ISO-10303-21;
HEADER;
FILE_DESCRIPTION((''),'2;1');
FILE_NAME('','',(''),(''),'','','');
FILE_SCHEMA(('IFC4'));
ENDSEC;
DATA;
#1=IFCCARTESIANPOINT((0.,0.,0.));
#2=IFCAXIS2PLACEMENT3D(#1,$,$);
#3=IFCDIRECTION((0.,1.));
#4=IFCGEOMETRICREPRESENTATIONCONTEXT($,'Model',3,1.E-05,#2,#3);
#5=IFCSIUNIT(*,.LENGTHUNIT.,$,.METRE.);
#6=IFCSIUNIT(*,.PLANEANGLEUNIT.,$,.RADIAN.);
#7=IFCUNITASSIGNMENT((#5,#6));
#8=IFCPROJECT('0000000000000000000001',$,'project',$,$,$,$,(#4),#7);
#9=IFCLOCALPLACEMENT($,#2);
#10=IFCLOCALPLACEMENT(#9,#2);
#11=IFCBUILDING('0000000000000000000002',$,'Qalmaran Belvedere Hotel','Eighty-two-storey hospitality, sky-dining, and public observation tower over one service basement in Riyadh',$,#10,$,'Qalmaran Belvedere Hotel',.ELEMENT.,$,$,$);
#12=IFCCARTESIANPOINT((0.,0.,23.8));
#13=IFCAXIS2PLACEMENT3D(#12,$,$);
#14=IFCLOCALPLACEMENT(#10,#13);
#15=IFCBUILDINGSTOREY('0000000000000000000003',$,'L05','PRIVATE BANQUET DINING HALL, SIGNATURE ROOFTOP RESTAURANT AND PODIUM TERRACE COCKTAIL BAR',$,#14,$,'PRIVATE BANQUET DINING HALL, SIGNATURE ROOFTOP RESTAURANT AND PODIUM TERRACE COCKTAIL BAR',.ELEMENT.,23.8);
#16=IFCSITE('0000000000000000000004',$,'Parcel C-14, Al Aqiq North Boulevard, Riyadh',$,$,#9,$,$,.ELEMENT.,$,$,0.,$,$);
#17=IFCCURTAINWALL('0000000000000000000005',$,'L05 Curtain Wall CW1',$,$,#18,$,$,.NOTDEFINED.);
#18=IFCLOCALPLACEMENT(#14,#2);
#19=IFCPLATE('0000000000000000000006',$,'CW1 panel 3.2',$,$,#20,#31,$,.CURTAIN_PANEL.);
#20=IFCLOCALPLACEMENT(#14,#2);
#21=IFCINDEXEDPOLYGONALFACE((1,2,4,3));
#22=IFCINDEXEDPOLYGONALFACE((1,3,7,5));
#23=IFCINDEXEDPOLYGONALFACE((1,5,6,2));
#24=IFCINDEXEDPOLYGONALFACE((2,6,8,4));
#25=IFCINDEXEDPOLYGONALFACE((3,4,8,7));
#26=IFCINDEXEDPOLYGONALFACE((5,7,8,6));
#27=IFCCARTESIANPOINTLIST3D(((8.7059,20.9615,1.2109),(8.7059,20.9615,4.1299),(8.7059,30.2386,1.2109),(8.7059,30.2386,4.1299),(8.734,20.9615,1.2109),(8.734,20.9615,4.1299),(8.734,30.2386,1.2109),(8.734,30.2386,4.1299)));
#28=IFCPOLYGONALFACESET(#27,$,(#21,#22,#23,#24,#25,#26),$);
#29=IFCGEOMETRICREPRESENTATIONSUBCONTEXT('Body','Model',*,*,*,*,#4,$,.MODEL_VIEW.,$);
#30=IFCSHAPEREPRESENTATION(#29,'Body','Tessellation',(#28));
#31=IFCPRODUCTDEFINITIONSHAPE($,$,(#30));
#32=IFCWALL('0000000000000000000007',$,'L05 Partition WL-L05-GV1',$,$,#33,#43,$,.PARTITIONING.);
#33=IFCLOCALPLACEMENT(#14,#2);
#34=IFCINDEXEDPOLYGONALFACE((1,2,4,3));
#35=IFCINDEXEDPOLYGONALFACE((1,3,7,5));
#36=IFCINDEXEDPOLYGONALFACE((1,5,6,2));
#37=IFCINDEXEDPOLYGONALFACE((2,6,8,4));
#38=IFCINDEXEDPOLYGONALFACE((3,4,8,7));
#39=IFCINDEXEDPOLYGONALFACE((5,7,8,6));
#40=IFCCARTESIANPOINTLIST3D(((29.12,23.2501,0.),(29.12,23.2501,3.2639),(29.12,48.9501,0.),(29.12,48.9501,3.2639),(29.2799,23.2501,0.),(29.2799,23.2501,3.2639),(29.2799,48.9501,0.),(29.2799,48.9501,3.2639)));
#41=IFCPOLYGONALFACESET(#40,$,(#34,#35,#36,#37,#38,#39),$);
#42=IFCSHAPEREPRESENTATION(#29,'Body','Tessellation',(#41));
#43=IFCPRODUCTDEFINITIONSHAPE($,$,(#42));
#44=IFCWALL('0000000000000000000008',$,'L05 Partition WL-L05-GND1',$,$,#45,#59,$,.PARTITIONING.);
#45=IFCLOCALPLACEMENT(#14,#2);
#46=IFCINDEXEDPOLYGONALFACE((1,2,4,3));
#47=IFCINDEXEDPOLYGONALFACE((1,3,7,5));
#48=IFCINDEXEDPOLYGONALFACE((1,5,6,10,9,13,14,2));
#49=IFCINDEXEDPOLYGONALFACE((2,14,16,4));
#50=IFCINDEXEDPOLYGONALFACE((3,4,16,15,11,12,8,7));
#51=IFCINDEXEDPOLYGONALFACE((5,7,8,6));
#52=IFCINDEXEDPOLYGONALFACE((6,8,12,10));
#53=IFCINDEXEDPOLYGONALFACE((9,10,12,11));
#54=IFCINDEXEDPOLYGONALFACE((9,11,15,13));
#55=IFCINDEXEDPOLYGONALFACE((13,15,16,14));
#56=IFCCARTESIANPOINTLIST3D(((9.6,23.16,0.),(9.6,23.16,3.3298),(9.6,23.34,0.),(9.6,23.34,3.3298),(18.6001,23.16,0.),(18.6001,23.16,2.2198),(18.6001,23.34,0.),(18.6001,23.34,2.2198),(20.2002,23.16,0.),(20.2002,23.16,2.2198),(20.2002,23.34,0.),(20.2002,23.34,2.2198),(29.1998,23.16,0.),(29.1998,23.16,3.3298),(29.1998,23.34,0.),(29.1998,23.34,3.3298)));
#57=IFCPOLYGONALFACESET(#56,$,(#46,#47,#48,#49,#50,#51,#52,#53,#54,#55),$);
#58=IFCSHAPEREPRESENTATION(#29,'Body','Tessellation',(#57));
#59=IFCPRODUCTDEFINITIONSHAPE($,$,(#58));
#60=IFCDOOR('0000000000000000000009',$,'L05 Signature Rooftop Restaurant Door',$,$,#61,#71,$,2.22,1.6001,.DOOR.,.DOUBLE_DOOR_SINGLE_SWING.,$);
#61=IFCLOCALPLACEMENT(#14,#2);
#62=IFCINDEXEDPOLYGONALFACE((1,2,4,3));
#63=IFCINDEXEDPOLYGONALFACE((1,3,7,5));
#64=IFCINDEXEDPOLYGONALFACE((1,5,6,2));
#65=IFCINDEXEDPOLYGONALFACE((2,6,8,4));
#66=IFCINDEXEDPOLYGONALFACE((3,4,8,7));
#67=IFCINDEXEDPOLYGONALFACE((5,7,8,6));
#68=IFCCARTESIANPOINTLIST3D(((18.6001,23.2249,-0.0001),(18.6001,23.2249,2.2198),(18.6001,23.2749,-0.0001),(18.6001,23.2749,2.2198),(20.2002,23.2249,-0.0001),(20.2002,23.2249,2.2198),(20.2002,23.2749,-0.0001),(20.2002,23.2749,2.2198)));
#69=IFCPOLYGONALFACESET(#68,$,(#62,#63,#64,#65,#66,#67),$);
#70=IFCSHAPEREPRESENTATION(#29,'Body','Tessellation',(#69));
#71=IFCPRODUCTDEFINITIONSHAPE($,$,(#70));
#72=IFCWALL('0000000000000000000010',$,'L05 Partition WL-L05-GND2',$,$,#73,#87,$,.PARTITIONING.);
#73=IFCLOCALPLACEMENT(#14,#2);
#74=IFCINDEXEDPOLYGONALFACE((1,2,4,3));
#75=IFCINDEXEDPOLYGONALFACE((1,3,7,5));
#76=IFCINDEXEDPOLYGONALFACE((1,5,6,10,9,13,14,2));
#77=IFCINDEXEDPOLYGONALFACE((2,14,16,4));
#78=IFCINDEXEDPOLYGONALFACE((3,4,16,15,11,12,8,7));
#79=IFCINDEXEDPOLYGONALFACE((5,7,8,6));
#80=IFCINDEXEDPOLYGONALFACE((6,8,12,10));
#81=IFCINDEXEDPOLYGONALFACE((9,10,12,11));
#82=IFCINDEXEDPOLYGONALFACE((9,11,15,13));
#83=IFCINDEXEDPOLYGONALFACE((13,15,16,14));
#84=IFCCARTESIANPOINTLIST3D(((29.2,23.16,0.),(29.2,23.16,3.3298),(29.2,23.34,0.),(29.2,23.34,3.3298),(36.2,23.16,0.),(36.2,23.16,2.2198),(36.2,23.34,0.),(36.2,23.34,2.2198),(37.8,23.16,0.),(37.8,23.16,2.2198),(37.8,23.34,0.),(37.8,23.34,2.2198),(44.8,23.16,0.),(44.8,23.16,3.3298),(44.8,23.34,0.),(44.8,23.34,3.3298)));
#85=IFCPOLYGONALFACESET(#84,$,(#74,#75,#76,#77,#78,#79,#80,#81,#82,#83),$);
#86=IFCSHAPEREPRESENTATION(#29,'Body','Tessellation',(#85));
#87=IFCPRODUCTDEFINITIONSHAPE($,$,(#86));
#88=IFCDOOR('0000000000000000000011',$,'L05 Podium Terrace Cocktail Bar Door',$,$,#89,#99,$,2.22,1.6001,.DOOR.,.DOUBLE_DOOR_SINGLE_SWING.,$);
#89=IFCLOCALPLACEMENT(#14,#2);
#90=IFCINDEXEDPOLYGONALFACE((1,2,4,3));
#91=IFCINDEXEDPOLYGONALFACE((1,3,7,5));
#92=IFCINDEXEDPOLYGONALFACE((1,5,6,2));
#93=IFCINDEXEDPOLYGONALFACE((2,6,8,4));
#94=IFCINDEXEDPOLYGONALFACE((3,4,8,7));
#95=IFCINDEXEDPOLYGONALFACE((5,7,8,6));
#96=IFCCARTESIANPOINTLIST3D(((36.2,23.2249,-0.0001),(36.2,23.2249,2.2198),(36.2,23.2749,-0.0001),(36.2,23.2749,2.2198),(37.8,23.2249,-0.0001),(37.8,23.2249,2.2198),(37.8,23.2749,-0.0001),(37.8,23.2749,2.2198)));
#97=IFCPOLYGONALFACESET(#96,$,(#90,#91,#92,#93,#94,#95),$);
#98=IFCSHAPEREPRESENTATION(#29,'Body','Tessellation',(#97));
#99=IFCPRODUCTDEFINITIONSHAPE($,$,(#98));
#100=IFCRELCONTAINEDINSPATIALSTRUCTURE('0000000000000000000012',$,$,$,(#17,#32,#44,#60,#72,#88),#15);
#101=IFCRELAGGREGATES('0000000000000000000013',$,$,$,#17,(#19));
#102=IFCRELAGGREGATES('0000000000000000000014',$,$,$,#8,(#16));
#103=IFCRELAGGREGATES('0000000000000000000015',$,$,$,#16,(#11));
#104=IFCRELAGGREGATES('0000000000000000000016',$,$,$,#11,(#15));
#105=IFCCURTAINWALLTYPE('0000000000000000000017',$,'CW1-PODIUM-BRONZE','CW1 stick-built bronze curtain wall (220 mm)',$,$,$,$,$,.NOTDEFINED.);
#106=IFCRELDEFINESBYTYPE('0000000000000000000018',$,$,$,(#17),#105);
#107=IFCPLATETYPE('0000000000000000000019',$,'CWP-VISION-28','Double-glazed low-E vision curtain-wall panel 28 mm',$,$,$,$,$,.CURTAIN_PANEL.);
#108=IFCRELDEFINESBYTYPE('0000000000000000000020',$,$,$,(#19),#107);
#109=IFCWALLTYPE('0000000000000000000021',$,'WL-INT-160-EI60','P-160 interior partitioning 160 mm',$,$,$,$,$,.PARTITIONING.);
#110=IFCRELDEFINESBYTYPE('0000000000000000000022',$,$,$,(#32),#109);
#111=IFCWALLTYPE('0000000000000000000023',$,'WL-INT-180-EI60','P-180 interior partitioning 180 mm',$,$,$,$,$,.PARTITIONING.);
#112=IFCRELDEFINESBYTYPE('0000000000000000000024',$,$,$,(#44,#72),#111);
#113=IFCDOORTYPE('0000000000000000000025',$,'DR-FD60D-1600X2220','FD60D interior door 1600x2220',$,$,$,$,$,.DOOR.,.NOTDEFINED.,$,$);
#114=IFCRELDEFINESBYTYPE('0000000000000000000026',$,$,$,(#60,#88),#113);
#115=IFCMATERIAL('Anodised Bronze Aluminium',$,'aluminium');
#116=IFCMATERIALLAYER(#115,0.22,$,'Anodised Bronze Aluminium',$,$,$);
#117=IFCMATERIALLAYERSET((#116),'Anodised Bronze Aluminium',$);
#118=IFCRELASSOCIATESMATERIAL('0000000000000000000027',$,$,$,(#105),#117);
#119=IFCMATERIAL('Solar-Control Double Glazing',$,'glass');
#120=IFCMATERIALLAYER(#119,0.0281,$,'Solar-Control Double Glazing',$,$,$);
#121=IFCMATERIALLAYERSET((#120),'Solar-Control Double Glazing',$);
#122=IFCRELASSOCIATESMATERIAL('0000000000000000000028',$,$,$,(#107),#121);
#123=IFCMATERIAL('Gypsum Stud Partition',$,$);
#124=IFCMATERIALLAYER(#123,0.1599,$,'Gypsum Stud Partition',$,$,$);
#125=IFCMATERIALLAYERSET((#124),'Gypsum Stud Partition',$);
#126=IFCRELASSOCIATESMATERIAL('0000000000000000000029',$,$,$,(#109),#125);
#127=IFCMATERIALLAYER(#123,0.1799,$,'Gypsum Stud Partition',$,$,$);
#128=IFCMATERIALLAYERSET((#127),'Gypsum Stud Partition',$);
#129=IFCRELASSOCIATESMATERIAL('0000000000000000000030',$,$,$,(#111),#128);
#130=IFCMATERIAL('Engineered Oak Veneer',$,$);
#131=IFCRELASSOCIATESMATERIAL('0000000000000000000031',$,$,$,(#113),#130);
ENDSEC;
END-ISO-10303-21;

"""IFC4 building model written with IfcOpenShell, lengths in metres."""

from ifc_helpers import new_model, si_unit, direction, frame, frame_2d, origin, origin_2d, place, context, subcontext, project, spatial, rectangle, extrude, material, layer, layer_set, type_object, element, fill, aggregate, save


model = new_model("IFC4")

# Units and contexts
model_context = context("Model", 3, precision=1e-05, world=origin(), true_north=direction((0.0, 1.0)))
body_context = subcontext(model_context, "Body", "Model", "MODEL_VIEW")
ifc_project = project(units=[si_unit("LENGTHUNIT", "METRE"), si_unit("PLANEANGLEUNIT", "RADIAN")], contexts=[model_context])

# Site, building, storey
site_placement = place(None, origin())
site = spatial("IfcSite", under=ifc_project, at=site_placement, Name="Parcel C-14, Al Aqiq North Boulevard, Riyadh", CompositionType="ELEMENT", RefElevation=0.0)
building_placement = place(site_placement, origin())
building = spatial("IfcBuilding", under=site, at=building_placement, Name="Qalmaran Belvedere Hotel", Description="Eighty-two-storey hospitality, sky-dining, and public observation tower over one service basement in Riyadh", LongName="Qalmaran Belvedere Hotel", CompositionType="ELEMENT")
storey_placement = place(building_placement, frame((0.0, 0.0, 23.8)))
storey = spatial("IfcBuildingStorey", under=building, at=storey_placement, Name="L05", Description="PRIVATE BANQUET DINING HALL, SIGNATURE ROOFTOP RESTAURANT AND PODIUM TERRACE COCKTAIL BAR", LongName="PRIVATE BANQUET DINING HALL, SIGNATURE ROOFTOP RESTAURANT AND PODIUM TERRACE COCKTAIL BAR", CompositionType="ELEMENT", Elevation=23.8)

# Curtain wall, plate
ifc_material_1 = material(Name="Anodised Bronze Aluminium", Category="aluminium")
ifc_layer_1 = layer(ifc_material_1, 0.22, Name="Anodised Bronze Aluminium")
ifc_layer_set_1 = layer_set([ifc_layer_1], Name="Anodised Bronze Aluminium")
curtain_wall_type = type_object("IfcCurtainWallType", Name="CW1-PODIUM-BRONZE", Description="CW1 stick-built bronze curtain wall (220 mm)", PredefinedType="NOTDEFINED", material=ifc_layer_set_1)
curtain_wall_placement = place(storey_placement, origin())
curtain_wall = element("IfcCurtainWall", 1, at=curtain_wall_placement, inside=storey, type_object=curtain_wall_type, Name="L05 Curtain Wall CW1", PredefinedType="NOTDEFINED")
ifc_material_2 = material(Name="Solar-Control Double Glazing", Category="glass")
ifc_layer_2 = layer(ifc_material_2, 0.0281, Name="Solar-Control Double Glazing")
ifc_layer_set_2 = layer_set([ifc_layer_2], Name="Solar-Control Double Glazing")
plate_type_1 = type_object("IfcPlateType", Name="CWP-VISION-28", Description="Double-glazed low-E vision curtain-wall panel 28 mm", PredefinedType="CURTAIN_PANEL", material=ifc_layer_set_2)
plate_1_placement = place(storey_placement, frame((8.72, 25.6001, 1.2109), z_axis=(0.0, 0.0, 1.0), x_axis=(0.0, -1.0, 0.0)))
plate_1 = element("IfcPlate", 2, at=plate_1_placement, type_object=plate_type_1, Name="CW1 panel 3.2", PredefinedType="CURTAIN_PANEL", context=body_context, shape_type="SweptSolid", body=[
    extrude(rectangle(XDim=9.2771, YDim=0.0281, at=origin_2d()), origin(), (0.0, 0.0, 1.0), 2.9189),
])
aggregate(curtain_wall, [plate_1])

# Wall
ifc_material_3 = material(Name="Gypsum Stud Partition")
ifc_layer_3 = layer(ifc_material_3, 0.1599, Name="Gypsum Stud Partition")
ifc_layer_set_3 = layer_set([ifc_layer_3], Name="Gypsum Stud Partition")
wall_type_1 = type_object("IfcWallType", Name="WL-INT-160-EI60", Description="P-160 interior partitioning 160 mm", PredefinedType="PARTITIONING", material=ifc_layer_set_3)
wall_1_placement = place(storey_placement, frame((29.2, 23.25, 0.0), z_axis=(0.0, 0.0, 1.0), x_axis=(0.0, 1.0, 0.0)))
element("IfcWall", 3, at=wall_1_placement, inside=storey, type_object=wall_type_1, Name="L05 Partition WL-L05-GV1", PredefinedType="PARTITIONING", context=body_context, shape_type="SweptSolid", body=[
    extrude(rectangle(XDim=25.7, YDim=0.1599, at=frame_2d((12.8501, 0.0))), origin(), (0.0, 0.0, 1.0), 3.2639),
])

# Wall, opening, door
ifc_layer_4 = layer(ifc_material_3, 0.1799, Name="Gypsum Stud Partition")
ifc_layer_set_4 = layer_set([ifc_layer_4], Name="Gypsum Stud Partition")
wall_type_2 = type_object("IfcWallType", Name="WL-INT-180-EI60", Description="P-180 interior partitioning 180 mm", PredefinedType="PARTITIONING", material=ifc_layer_set_4)
wall_2_placement = place(storey_placement, frame((9.6001, 23.25, 0.0), z_axis=(0.0, 0.0, 1.0), x_axis=(1.0, 0.0, 0.0)))
wall_2 = element("IfcWall", 4, at=wall_2_placement, inside=storey, type_object=wall_type_2, Name="L05 Partition WL-L05-GND1", PredefinedType="PARTITIONING", context=body_context, shape_type="SweptSolid", body=[
    extrude(rectangle(XDim=19.5999, YDim=0.1799, at=frame_2d((9.7998, 0.0))), origin(), (0.0, 0.0, 1.0), 3.3298),
])
opening_1_placement = place(wall_2_placement, frame((9.0, 0.0, 0.0)))
opening_1 = element("IfcOpeningElement", 5, at=opening_1_placement, cuts=wall_2, PredefinedType="OPENING", context=body_context, shape_type="SweptSolid", body=[
    extrude(rectangle(XDim=1.6001, YDim=2.22, at=frame_2d((0.8, 1.1099))), frame((0.0, 0.1001, 0.0), z_axis=(0.0, -1.0, 0.0), x_axis=(1.0, 0.0, 0.0)), (0.0, 0.0, 1.0), 0.2),
])
ifc_material_4 = material(Name="Engineered Oak Veneer")
door_type = type_object("IfcDoorType", Name="DR-FD60D-1600X2220", Description="FD60D interior door 1600x2220", OperationType="NOTDEFINED", PredefinedType="DOOR", material=ifc_material_4)
door_1_placement = place(opening_1_placement, origin())
door_1 = element("IfcDoor", 6, at=door_1_placement, inside=storey, type_object=door_type, Name="L05 Signature Rooftop Restaurant Door", OperationType="DOUBLE_DOOR_SINGLE_SWING", OverallHeight=2.22, OverallWidth=1.6001, PredefinedType="DOOR", context=body_context, shape_type="SweptSolid", body=[
    extrude(rectangle(XDim=1.6001, YDim=2.22, at=frame_2d((0.8, 1.1099))), frame((0.0, 0.0249, 0.0), z_axis=(0.0, -1.0, 0.0), x_axis=(1.0, 0.0, 0.0)), (0.0, 0.0, 1.0), 0.05),
])
fill(opening_1, door_1)

# Wall, opening, door
wall_3_placement = place(storey_placement, frame((29.2, 23.25, 0.0), z_axis=(0.0, 0.0, 1.0), x_axis=(1.0, 0.0, 0.0)))
wall_3 = element("IfcWall", 7, at=wall_3_placement, inside=storey, type_object=wall_type_2, Name="L05 Partition WL-L05-GND2", PredefinedType="PARTITIONING", context=body_context, shape_type="SweptSolid", body=[
    extrude(rectangle(XDim=15.6001, YDim=0.1799, at=frame_2d((7.8, 0.0))), origin(), (0.0, 0.0, 1.0), 3.3298),
])
opening_2_placement = place(wall_3_placement, frame((7.0, 0.0, 0.0)))
opening_2 = element("IfcOpeningElement", 8, at=opening_2_placement, cuts=wall_3, PredefinedType="OPENING", context=body_context, shape_type="SweptSolid", body=[
    extrude(rectangle(XDim=1.6001, YDim=2.22, at=frame_2d((0.8, 1.1099))), frame((0.0, 0.1001, 0.0), z_axis=(0.0, -1.0, 0.0), x_axis=(1.0, 0.0, 0.0)), (0.0, 0.0, 1.0), 0.2),
])
door_2_placement = place(opening_2_placement, origin())
door_2 = element("IfcDoor", 9, at=door_2_placement, inside=storey, type_object=door_type, Name="L05 Podium Terrace Cocktail Bar Door", OperationType="DOUBLE_DOOR_SINGLE_SWING", OverallHeight=2.22, OverallWidth=1.6001, PredefinedType="DOOR", context=body_context, shape_type="SweptSolid", body=[
    extrude(rectangle(XDim=1.6001, YDim=2.22, at=frame_2d((0.8, 1.1099))), frame((0.0, 0.0249, 0.0), z_axis=(0.0, -1.0, 0.0), x_axis=(1.0, 0.0, 0.0)), (0.0, 0.0, 1.0), 0.05),
])
fill(opening_2, door_2)

save(model, "model.ifc")
